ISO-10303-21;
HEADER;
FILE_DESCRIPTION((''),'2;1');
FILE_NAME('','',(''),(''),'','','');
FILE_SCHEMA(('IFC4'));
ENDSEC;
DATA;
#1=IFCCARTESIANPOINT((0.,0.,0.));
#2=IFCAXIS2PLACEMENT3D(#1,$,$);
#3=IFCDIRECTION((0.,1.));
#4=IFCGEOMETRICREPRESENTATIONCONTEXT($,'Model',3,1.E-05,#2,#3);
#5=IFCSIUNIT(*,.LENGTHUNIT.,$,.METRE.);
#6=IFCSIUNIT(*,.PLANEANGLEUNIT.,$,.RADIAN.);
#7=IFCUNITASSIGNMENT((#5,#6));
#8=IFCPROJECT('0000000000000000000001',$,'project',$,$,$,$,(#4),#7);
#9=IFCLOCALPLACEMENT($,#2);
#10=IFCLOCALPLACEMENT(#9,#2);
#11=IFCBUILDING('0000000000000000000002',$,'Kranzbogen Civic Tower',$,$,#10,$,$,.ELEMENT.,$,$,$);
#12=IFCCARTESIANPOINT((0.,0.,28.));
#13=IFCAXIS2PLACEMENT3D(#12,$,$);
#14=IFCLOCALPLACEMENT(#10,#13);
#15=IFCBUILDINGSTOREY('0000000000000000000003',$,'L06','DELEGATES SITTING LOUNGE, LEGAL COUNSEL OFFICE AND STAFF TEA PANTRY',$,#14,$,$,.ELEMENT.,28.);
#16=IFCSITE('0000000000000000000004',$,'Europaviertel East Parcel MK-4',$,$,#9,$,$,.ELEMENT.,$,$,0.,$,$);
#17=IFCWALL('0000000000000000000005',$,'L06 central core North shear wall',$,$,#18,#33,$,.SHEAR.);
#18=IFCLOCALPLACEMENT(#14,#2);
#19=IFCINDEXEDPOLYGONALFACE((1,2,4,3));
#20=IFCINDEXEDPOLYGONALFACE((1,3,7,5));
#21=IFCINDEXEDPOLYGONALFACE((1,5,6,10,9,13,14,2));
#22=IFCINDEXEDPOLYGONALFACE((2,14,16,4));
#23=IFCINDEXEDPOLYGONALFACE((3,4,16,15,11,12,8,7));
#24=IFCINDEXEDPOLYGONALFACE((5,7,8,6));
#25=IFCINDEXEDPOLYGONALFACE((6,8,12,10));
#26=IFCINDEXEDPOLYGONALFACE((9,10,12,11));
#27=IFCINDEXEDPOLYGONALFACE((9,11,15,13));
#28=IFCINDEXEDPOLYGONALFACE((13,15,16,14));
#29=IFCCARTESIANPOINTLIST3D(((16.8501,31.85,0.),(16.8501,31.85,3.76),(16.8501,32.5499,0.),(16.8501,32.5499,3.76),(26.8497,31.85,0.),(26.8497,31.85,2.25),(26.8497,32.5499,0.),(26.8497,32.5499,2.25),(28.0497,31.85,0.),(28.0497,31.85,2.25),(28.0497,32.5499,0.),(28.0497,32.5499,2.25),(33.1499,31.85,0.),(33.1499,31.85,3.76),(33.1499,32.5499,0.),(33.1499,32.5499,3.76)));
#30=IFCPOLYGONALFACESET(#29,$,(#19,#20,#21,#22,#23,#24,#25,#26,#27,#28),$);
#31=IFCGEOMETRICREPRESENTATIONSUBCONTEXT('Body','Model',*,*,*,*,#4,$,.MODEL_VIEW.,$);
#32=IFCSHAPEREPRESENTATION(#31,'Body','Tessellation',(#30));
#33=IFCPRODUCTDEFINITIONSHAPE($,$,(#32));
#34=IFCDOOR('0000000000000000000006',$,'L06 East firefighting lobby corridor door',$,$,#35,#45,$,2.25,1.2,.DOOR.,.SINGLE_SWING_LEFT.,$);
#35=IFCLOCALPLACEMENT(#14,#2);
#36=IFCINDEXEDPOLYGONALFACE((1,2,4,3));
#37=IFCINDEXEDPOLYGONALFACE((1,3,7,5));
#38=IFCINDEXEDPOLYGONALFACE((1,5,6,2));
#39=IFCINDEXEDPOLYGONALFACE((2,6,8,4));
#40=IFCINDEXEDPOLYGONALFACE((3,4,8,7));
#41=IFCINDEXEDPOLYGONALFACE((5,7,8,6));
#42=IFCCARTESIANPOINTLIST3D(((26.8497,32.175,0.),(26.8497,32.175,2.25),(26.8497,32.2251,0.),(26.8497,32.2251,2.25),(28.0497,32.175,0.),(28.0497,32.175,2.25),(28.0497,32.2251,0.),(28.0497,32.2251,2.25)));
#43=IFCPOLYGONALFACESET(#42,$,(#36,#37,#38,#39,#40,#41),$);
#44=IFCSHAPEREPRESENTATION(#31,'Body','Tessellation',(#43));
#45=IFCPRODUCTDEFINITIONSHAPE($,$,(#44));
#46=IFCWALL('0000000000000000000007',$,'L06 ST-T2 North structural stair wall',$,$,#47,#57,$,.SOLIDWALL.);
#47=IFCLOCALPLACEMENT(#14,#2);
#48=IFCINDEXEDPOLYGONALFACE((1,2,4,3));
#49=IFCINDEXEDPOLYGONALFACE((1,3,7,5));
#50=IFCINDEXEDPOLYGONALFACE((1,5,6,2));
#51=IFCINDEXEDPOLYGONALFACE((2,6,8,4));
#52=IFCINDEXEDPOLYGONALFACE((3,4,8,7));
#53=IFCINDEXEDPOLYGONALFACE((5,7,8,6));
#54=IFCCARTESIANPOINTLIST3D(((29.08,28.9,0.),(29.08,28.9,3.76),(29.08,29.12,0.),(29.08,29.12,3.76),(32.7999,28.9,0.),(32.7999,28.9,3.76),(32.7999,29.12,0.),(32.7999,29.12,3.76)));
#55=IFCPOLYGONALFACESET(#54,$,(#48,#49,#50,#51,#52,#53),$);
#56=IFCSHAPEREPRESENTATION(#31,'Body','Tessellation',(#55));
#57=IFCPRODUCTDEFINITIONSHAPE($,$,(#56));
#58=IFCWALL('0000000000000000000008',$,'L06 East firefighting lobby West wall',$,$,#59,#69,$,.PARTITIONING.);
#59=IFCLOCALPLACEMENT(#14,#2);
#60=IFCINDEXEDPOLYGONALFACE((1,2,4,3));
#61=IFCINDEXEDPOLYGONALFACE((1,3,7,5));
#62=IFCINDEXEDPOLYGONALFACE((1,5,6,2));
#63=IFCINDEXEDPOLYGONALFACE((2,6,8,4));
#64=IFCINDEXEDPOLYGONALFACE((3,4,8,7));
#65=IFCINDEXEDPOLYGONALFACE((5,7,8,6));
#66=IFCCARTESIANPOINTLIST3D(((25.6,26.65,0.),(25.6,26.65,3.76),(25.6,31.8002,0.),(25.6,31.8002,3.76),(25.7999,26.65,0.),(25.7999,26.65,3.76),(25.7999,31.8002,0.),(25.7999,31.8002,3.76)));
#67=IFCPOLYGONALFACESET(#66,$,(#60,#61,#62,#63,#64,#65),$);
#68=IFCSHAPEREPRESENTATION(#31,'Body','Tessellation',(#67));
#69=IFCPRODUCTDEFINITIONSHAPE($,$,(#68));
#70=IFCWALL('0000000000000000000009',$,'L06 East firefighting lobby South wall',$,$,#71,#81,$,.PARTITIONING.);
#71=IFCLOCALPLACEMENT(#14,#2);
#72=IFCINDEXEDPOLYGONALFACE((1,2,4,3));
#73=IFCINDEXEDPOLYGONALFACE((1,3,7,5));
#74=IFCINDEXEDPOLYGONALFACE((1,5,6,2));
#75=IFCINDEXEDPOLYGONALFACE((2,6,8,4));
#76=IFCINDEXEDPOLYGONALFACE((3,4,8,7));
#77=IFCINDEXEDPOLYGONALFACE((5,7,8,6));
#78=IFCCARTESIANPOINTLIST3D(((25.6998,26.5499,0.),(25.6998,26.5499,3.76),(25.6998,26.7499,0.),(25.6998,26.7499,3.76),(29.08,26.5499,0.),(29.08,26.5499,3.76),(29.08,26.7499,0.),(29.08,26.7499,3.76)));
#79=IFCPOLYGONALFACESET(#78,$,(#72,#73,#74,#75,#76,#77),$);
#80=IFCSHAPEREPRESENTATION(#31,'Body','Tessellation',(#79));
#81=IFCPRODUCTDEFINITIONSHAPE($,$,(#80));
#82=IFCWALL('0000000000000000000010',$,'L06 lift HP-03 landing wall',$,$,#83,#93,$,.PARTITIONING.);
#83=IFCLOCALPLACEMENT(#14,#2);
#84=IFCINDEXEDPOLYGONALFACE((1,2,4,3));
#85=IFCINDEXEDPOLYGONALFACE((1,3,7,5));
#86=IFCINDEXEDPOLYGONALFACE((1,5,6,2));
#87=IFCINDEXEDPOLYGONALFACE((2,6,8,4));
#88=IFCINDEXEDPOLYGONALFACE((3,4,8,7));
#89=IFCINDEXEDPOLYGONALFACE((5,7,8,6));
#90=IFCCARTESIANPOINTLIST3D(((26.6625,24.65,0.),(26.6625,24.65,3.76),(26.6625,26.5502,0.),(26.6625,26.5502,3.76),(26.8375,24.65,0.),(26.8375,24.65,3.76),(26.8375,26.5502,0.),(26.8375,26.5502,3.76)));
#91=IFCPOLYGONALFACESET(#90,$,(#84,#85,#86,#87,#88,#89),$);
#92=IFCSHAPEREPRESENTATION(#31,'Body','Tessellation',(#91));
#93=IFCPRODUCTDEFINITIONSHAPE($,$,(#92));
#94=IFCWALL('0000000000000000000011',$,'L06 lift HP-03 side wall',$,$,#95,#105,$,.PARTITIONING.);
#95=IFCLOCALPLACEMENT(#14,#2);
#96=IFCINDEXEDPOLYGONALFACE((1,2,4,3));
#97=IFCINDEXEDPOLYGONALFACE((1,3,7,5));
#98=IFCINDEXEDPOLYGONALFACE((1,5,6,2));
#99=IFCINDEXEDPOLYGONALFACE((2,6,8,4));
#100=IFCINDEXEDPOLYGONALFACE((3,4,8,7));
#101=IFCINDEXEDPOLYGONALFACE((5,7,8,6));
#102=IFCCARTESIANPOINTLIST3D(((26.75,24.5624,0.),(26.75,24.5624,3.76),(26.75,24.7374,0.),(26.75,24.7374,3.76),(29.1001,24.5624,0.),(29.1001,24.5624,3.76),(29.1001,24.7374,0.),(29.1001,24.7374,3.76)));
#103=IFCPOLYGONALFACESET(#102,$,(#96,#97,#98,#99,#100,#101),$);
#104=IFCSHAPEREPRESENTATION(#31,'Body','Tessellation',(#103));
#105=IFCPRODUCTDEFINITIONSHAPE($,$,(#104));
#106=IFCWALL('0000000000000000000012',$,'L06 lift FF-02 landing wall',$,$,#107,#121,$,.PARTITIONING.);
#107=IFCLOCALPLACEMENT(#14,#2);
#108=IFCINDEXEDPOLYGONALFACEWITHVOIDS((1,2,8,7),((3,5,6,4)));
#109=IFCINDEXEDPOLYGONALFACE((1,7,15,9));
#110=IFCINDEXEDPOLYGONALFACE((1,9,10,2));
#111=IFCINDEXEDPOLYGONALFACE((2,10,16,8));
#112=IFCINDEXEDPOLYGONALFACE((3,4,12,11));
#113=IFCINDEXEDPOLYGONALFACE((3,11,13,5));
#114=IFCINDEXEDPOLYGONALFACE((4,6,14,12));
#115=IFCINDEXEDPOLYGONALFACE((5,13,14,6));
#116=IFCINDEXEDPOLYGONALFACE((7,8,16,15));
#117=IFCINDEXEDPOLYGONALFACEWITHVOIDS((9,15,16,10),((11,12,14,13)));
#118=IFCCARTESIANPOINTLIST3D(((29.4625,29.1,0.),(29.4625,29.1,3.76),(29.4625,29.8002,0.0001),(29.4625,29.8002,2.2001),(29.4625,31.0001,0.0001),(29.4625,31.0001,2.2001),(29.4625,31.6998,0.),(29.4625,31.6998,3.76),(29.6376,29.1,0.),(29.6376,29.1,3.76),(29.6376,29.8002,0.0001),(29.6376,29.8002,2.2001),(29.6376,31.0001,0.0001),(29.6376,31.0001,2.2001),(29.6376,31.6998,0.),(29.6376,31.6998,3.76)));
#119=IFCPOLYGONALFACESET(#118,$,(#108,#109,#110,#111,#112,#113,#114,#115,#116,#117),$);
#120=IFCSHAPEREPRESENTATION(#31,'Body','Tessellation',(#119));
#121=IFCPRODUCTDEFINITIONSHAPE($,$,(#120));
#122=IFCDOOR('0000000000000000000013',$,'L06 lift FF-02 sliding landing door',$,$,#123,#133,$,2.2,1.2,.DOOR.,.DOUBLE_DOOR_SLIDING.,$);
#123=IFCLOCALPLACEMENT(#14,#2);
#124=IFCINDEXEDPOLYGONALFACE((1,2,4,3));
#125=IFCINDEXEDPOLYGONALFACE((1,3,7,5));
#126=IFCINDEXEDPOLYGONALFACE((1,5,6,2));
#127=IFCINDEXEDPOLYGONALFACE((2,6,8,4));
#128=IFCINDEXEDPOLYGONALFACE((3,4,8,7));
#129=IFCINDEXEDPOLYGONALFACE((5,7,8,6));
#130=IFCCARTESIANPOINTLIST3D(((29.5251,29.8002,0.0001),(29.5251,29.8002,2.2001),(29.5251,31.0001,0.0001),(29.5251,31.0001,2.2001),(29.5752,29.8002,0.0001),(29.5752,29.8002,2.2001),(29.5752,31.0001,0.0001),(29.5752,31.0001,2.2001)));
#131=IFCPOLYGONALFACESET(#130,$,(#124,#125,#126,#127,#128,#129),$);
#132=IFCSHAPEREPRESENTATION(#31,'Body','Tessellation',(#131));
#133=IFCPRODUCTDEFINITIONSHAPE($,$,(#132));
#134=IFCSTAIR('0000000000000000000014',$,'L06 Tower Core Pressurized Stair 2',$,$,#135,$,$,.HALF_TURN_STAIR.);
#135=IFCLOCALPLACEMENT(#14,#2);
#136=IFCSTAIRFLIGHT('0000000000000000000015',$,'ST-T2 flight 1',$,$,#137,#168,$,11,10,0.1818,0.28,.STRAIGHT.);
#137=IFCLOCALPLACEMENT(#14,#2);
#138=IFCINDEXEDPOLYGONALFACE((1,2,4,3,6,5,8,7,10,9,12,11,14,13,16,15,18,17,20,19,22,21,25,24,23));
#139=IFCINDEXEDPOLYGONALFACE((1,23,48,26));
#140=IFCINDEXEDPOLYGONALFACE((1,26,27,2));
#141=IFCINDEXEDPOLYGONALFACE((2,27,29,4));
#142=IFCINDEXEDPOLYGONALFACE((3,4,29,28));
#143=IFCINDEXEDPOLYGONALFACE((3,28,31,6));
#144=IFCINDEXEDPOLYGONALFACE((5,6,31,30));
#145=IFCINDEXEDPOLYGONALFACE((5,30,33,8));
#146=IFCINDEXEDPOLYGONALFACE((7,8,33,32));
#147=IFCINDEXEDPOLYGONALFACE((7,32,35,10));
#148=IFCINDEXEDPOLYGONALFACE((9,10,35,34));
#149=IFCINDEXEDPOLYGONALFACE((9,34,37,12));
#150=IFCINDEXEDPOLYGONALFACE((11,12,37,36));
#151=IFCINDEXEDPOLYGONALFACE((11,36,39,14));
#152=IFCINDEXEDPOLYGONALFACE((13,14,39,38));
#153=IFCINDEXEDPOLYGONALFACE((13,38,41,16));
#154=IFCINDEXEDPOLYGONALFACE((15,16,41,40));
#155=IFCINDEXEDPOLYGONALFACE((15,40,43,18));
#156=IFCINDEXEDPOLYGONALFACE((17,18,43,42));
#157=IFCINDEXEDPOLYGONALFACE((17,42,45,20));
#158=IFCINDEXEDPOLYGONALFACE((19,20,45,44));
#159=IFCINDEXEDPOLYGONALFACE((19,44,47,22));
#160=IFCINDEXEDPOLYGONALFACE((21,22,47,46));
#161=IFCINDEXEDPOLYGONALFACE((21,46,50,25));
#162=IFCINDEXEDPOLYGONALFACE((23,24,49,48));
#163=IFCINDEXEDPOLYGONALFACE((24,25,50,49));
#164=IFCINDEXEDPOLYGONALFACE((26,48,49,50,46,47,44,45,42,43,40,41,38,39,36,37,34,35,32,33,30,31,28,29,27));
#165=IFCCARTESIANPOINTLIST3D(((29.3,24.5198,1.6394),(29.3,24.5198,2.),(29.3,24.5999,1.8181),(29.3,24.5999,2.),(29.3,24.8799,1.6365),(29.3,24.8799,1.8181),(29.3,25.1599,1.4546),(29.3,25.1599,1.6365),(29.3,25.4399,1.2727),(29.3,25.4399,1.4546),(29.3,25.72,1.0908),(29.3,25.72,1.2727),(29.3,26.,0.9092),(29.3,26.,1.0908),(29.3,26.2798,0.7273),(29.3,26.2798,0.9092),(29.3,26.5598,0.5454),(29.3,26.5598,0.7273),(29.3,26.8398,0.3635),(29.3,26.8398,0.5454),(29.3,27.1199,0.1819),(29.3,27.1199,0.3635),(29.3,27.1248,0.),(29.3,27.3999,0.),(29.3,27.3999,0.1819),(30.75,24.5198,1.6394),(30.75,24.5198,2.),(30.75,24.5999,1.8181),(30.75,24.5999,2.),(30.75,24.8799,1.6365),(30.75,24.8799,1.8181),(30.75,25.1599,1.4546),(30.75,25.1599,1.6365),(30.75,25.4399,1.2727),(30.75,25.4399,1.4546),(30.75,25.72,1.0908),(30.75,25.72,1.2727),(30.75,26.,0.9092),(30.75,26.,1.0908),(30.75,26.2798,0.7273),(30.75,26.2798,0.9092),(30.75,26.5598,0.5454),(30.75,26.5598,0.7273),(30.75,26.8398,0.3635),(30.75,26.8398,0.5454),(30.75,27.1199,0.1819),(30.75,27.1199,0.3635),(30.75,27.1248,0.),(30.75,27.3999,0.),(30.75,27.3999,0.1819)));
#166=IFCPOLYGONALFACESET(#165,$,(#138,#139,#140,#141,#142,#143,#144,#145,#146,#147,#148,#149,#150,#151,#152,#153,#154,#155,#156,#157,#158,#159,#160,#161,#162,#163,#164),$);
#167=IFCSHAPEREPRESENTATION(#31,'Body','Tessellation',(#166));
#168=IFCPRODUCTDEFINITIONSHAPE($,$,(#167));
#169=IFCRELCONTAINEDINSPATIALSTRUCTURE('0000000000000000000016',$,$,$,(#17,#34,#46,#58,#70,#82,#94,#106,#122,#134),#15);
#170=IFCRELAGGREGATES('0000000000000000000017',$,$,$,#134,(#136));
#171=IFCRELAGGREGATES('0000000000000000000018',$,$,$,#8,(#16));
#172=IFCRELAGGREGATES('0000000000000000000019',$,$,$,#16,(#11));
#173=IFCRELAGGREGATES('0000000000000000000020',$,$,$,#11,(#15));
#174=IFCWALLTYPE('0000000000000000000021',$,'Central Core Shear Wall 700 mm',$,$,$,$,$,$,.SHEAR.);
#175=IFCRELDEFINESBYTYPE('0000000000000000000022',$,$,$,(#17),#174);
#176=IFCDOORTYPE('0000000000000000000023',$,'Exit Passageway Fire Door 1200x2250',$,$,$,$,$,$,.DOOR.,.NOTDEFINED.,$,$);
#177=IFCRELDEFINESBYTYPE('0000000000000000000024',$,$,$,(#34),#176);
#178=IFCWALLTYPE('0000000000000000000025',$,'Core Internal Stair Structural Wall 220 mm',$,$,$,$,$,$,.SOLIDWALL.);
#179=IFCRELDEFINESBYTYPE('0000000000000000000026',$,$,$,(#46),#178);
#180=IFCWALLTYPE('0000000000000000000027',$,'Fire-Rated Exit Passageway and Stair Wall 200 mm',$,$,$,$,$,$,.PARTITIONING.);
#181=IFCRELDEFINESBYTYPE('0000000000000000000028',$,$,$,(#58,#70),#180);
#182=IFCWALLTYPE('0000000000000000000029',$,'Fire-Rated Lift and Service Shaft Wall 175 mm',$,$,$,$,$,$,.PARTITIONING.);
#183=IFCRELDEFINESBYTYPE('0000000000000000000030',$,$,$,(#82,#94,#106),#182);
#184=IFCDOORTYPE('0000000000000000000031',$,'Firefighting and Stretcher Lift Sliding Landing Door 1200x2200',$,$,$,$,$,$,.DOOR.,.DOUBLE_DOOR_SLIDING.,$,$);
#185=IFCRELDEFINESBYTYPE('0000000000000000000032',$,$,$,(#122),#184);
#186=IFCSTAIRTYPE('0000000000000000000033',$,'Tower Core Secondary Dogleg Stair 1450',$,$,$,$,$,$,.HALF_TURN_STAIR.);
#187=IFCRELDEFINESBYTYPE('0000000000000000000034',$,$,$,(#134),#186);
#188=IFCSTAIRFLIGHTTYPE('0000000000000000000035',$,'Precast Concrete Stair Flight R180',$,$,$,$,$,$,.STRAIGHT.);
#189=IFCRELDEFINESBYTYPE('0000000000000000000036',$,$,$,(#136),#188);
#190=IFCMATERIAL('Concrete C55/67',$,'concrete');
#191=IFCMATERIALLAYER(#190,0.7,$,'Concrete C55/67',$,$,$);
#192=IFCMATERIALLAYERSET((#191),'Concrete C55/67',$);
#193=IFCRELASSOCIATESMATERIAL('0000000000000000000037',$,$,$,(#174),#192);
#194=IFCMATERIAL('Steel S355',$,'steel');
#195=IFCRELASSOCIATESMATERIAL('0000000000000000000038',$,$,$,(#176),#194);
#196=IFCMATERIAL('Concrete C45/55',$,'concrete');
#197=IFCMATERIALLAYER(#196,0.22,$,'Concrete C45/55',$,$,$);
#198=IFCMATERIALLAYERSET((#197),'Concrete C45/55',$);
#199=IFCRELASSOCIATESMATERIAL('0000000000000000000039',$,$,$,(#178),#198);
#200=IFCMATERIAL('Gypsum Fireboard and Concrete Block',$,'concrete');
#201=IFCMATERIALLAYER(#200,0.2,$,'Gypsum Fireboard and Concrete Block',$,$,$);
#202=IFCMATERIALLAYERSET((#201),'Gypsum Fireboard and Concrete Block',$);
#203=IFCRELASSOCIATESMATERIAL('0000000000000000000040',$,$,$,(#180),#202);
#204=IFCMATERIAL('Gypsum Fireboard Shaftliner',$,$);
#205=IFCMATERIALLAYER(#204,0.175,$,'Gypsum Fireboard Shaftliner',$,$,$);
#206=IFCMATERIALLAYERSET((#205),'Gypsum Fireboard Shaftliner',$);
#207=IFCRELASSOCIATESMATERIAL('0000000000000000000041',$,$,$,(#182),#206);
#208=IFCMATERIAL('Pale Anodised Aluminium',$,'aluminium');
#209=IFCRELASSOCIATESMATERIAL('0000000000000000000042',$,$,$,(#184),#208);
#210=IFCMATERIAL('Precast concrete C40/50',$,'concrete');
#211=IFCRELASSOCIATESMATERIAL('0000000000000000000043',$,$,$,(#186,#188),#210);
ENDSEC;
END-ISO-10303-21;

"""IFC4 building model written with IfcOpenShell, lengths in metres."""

from ifc_helpers import new_model, si_unit, direction, frame, frame_2d, origin, place, context, subcontext, project, spatial, polyline, rectangle, outline, extrude, material, layer, layer_set, type_object, element, fill, aggregate, save


model = new_model("IFC4")

# Units and contexts
model_context = context("Model", 3, precision=1e-05, world=origin(), true_north=direction((0.0, 1.0)))
body_context = subcontext(model_context, "Body", "Model", "MODEL_VIEW")
ifc_project = project(units=[si_unit("LENGTHUNIT", "METRE"), si_unit("PLANEANGLEUNIT", "RADIAN")], contexts=[model_context])

# Site, building, storey
site_placement = place(None, origin())
site = spatial("IfcSite", under=ifc_project, at=site_placement, Name="Europaviertel East Parcel MK-4", CompositionType="ELEMENT", RefElevation=0.0)
building_placement = place(site_placement, origin())
building = spatial("IfcBuilding", under=site, at=building_placement, Name="Kranzbogen Civic Tower", CompositionType="ELEMENT")
storey_placement = place(building_placement, frame((0.0, 0.0, 28.0)))
storey = spatial("IfcBuildingStorey", under=building, at=storey_placement, Name="L06", Description="DELEGATES SITTING LOUNGE, LEGAL COUNSEL OFFICE AND STAFF TEA PANTRY", CompositionType="ELEMENT", Elevation=28.0)

# Shared definitions
ifc_material_1 = material(Name="Pale Anodised Aluminium", Category="aluminium")

# Shared definitions
ifc_material_2 = material(Name="Steel S355", Category="steel")

# Wall, opening, door
ifc_material_3 = material(Name="Concrete C55/67", Category="concrete")
ifc_layer_1 = layer(ifc_material_3, 0.7, Name="Concrete C55/67")
ifc_layer_set_1 = layer_set([ifc_layer_1], Name="Concrete C55/67")
wall_type_1 = type_object("IfcWallType", Name="Central Core Shear Wall 700 mm", PredefinedType="SHEAR", material=ifc_layer_set_1)
wall_1_placement = place(storey_placement, frame((33.1499, 32.2, 0.0), z_axis=(0.0, 0.0, 1.0), x_axis=(-1.0, 0.0, 0.0)))
wall_1 = element("IfcWall", 1, at=wall_1_placement, inside=storey, type_object=wall_type_1, Name="L06 central core North shear wall", PredefinedType="SHEAR", context=body_context, shape_type="SweptSolid", body=[
    extrude(rectangle(XDim=16.2998, YDim=0.7, at=frame_2d((8.1499, 0.0))), origin(), (0.0, 0.0, 1.0), 3.76),
])
opening_1_placement = place(wall_1_placement, frame((5.1001, 0.0, 0.0)))
opening_1 = element("IfcOpeningElement", 2, at=opening_1_placement, cuts=wall_1, PredefinedType="OPENING", context=body_context, shape_type="SweptSolid", body=[
    extrude(rectangle(XDim=1.2, YDim=2.25, at=frame_2d((0.6001, 1.125))), frame((0.0, 0.3599, 0.0), z_axis=(0.0, -1.0, 0.0), x_axis=(1.0, 0.0, 0.0)), (0.0, 0.0, 1.0), 0.72),
])
door_type_1 = type_object("IfcDoorType", Name="Exit Passageway Fire Door 1200x2250", OperationType="NOTDEFINED", PredefinedType="DOOR", material=ifc_material_2)
door_1_placement = place(opening_1_placement, origin())
door_1 = element("IfcDoor", 3, at=door_1_placement, inside=storey, type_object=door_type_1, Name="L06 East firefighting lobby corridor door", OperationType="SINGLE_SWING_LEFT", OverallHeight=2.25, OverallWidth=1.2, PredefinedType="DOOR", context=body_context, shape_type="SweptSolid", body=[
    extrude(rectangle(XDim=1.2, YDim=2.25, at=frame_2d((0.6001, 1.125))), frame((0.0, 0.0249, 0.0), z_axis=(0.0, -1.0, 0.0), x_axis=(1.0, 0.0, 0.0)), (0.0, 0.0, 1.0), 0.05),
])
fill(opening_1, door_1)

# Walls
ifc_material_4 = material(Name="Concrete C45/55", Category="concrete")
ifc_layer_2 = layer(ifc_material_4, 0.22, Name="Concrete C45/55")
ifc_layer_set_2 = layer_set([ifc_layer_2], Name="Concrete C45/55")
wall_type_2 = type_object("IfcWallType", Name="Core Internal Stair Structural Wall 220 mm", PredefinedType="SOLIDWALL", material=ifc_layer_set_2)
wall_2_placement = place(storey_placement, frame((29.0801, 29.01, 0.0), z_axis=(0.0, 0.0, 1.0), x_axis=(1.0, 0.0, 0.0)))
element("IfcWall", 4, at=wall_2_placement, inside=storey, type_object=wall_type_2, Name="L06 ST-T2 North structural stair wall", PredefinedType="SOLIDWALL", context=body_context, shape_type="SweptSolid", body=[
    extrude(rectangle(XDim=3.72, YDim=0.22, at=frame_2d((1.8599, 0.0))), origin(), (0.0, 0.0, 1.0), 3.76),
])
ifc_material_5 = material(Name="Gypsum Fireboard and Concrete Block", Category="concrete")
ifc_layer_3 = layer(ifc_material_5, 0.2, Name="Gypsum Fireboard and Concrete Block")
ifc_layer_set_3 = layer_set([ifc_layer_3], Name="Gypsum Fireboard and Concrete Block")
wall_type_3 = type_object("IfcWallType", Name="Fire-Rated Exit Passageway and Stair Wall 200 mm", PredefinedType="PARTITIONING", material=ifc_layer_set_3)
wall_3_placement = place(storey_placement, frame((25.7, 26.6499, 0.0), z_axis=(0.0, 0.0, 1.0), x_axis=(0.0, 1.0, 0.0)))
element("IfcWall", 5, at=wall_3_placement, inside=storey, type_object=wall_type_3, Name="L06 East firefighting lobby West wall", PredefinedType="PARTITIONING", context=body_context, shape_type="SweptSolid", body=[
    extrude(rectangle(XDim=5.1501, YDim=0.2, at=frame_2d((2.5752, 0.0))), origin(), (0.0, 0.0, 1.0), 3.76),
])
wall_4_placement = place(storey_placement, frame((25.7, 26.6499, 0.0), z_axis=(0.0, 0.0, 1.0), x_axis=(1.0, 0.0, 0.0)))
element("IfcWall", 6, at=wall_4_placement, inside=storey, type_object=wall_type_3, Name="L06 East firefighting lobby South wall", PredefinedType="PARTITIONING", context=body_context, shape_type="SweptSolid", body=[
    extrude(rectangle(XDim=3.3801, YDim=0.2, at=frame_2d((1.6899, 0.0))), origin(), (0.0, 0.0, 1.0), 3.76),
])
ifc_material_6 = material(Name="Gypsum Fireboard Shaftliner")
ifc_layer_4 = layer(ifc_material_6, 0.175, Name="Gypsum Fireboard Shaftliner")
ifc_layer_set_4 = layer_set([ifc_layer_4], Name="Gypsum Fireboard Shaftliner")
wall_type_4 = type_object("IfcWallType", Name="Fire-Rated Lift and Service Shaft Wall 175 mm", PredefinedType="PARTITIONING", material=ifc_layer_set_4)
wall_5_placement = place(storey_placement, frame((26.75, 24.6499, 0.0), z_axis=(0.0, 0.0, 1.0), x_axis=(0.0, 1.0, 0.0)))
element("IfcWall", 7, at=wall_5_placement, inside=storey, type_object=wall_type_4, Name="L06 lift HP-03 landing wall", PredefinedType="PARTITIONING", context=body_context, shape_type="SweptSolid", body=[
    extrude(rectangle(XDim=1.9001, YDim=0.175, at=frame_2d((0.9502, 0.0))), origin(), (0.0, 0.0, 1.0), 3.76),
])
wall_6_placement = place(storey_placement, frame((26.75, 24.6499, 0.0), z_axis=(0.0, 0.0, 1.0), x_axis=(1.0, 0.0, 0.0)))
element("IfcWall", 8, at=wall_6_placement, inside=storey, type_object=wall_type_4, Name="L06 lift HP-03 side wall", PredefinedType="PARTITIONING", context=body_context, shape_type="SweptSolid", body=[
    extrude(rectangle(XDim=2.3501, YDim=0.175, at=frame_2d((1.175, 0.0))), origin(), (0.0, 0.0, 1.0), 3.76),
])

# Wall, opening, door
wall_7_placement = place(storey_placement, frame((29.55, 29.1001, 0.0), z_axis=(0.0, 0.0, 1.0), x_axis=(0.0, 1.0, 0.0)))
wall_7 = element("IfcWall", 9, at=wall_7_placement, inside=storey, type_object=wall_type_4, Name="L06 lift FF-02 landing wall", PredefinedType="PARTITIONING", context=body_context, shape_type="SweptSolid", body=[
    extrude(rectangle(XDim=2.5999, YDim=0.175, at=frame_2d((1.2998, 0.0))), origin(), (0.0, 0.0, 1.0), 3.76),
])
opening_2_placement = place(wall_7_placement, frame((0.7, 0.0, 0.0)))
opening_2 = element("IfcOpeningElement", 10, at=opening_2_placement, cuts=wall_7, PredefinedType="OPENING", context=body_context, shape_type="SweptSolid", body=[
    extrude(rectangle(XDim=1.2, YDim=2.2, at=frame_2d((0.6001, 1.1001))), frame((0.0, 0.0977, 0.0), z_axis=(0.0, -1.0, 0.0), x_axis=(1.0, 0.0, 0.0)), (0.0, 0.0, 1.0), 0.1951),
])
door_type_2 = type_object("IfcDoorType", Name="Firefighting and Stretcher Lift Sliding Landing Door 1200x2200", OperationType="DOUBLE_DOOR_SLIDING", PredefinedType="DOOR", material=ifc_material_1)
door_2_placement = place(opening_2_placement, origin())
door_2 = element("IfcDoor", 11, at=door_2_placement, inside=storey, type_object=door_type_2, Name="L06 lift FF-02 sliding landing door", OperationType="DOUBLE_DOOR_SLIDING", OverallHeight=2.2, OverallWidth=1.2, PredefinedType="DOOR", context=body_context, shape_type="SweptSolid", body=[
    extrude(rectangle(XDim=1.2, YDim=2.2, at=frame_2d((0.6001, 1.1001))), frame((0.0, 0.0249, 0.0), z_axis=(0.0, -1.0, 0.0), x_axis=(1.0, 0.0, 0.0)), (0.0, 0.0, 1.0), 0.05),
])
fill(opening_2, door_2)

# Stair, stair flight
ifc_material_7 = material(Name="Precast concrete C40/50", Category="concrete")
stair_type = type_object("IfcStairType", Name="Tower Core Secondary Dogleg Stair 1450", PredefinedType="HALF_TURN_STAIR", material=ifc_material_7)
stair_placement = place(storey_placement, origin())
stair = element("IfcStair", 12, at=stair_placement, inside=storey, type_object=stair_type, Name="L06 Tower Core Pressurized Stair 2", PredefinedType="HALF_TURN_STAIR")
stair_flight_type = type_object("IfcStairFlightType", Name="Precast Concrete Stair Flight R180", PredefinedType="STRAIGHT", material=ifc_material_7)
stair_flight_1_placement = place(storey_placement, frame((30.0249, 27.3999, 0.0), z_axis=(0.0, 0.0, 1.0), x_axis=(0.0, -1.0, 0.0)))
stair_flight_1 = element("IfcStairFlight", 13, at=stair_flight_1_placement, type_object=stair_flight_type, Name="ST-T2 flight 1", NumberOfRisers=11, NumberOfTreads=10, PredefinedType="STRAIGHT", RiserHeight=0.1818, TreadLength=0.28, context=body_context, shape_type="SweptSolid", body=[
    extrude(outline(polyline([(0.0, 0.0), (0.0, 0.1819), (0.28, 0.1819), (0.28, 0.3635), (0.5601, 0.3635), (0.5601, 0.5454), (0.8401, 0.5454), (0.8401, 0.7273), (1.1201, 0.7273), (1.1201, 0.9092), (1.3999, 0.9092), (1.3999, 1.0908), (1.6799, 1.0908), (1.6799, 1.2727), (1.96, 1.2727), (1.96, 1.4546), (2.24, 1.4546), (2.24, 1.6365), (2.52, 1.6365), (2.52, 1.8181), (2.8, 1.8181), (2.8, 2.0), (2.8801, 2.0), (2.8801, 1.6394), (0.2751, 0.0), (0.0, 0.0)])), frame((0.0, 0.7251, 0.0), z_axis=(0.0, -1.0, 0.0), x_axis=(1.0, 0.0, 0.0)), (0.0, 0.0, 1.0), 1.45),
])
aggregate(stair, [stair_flight_1])

save(model, "model.ifc")
